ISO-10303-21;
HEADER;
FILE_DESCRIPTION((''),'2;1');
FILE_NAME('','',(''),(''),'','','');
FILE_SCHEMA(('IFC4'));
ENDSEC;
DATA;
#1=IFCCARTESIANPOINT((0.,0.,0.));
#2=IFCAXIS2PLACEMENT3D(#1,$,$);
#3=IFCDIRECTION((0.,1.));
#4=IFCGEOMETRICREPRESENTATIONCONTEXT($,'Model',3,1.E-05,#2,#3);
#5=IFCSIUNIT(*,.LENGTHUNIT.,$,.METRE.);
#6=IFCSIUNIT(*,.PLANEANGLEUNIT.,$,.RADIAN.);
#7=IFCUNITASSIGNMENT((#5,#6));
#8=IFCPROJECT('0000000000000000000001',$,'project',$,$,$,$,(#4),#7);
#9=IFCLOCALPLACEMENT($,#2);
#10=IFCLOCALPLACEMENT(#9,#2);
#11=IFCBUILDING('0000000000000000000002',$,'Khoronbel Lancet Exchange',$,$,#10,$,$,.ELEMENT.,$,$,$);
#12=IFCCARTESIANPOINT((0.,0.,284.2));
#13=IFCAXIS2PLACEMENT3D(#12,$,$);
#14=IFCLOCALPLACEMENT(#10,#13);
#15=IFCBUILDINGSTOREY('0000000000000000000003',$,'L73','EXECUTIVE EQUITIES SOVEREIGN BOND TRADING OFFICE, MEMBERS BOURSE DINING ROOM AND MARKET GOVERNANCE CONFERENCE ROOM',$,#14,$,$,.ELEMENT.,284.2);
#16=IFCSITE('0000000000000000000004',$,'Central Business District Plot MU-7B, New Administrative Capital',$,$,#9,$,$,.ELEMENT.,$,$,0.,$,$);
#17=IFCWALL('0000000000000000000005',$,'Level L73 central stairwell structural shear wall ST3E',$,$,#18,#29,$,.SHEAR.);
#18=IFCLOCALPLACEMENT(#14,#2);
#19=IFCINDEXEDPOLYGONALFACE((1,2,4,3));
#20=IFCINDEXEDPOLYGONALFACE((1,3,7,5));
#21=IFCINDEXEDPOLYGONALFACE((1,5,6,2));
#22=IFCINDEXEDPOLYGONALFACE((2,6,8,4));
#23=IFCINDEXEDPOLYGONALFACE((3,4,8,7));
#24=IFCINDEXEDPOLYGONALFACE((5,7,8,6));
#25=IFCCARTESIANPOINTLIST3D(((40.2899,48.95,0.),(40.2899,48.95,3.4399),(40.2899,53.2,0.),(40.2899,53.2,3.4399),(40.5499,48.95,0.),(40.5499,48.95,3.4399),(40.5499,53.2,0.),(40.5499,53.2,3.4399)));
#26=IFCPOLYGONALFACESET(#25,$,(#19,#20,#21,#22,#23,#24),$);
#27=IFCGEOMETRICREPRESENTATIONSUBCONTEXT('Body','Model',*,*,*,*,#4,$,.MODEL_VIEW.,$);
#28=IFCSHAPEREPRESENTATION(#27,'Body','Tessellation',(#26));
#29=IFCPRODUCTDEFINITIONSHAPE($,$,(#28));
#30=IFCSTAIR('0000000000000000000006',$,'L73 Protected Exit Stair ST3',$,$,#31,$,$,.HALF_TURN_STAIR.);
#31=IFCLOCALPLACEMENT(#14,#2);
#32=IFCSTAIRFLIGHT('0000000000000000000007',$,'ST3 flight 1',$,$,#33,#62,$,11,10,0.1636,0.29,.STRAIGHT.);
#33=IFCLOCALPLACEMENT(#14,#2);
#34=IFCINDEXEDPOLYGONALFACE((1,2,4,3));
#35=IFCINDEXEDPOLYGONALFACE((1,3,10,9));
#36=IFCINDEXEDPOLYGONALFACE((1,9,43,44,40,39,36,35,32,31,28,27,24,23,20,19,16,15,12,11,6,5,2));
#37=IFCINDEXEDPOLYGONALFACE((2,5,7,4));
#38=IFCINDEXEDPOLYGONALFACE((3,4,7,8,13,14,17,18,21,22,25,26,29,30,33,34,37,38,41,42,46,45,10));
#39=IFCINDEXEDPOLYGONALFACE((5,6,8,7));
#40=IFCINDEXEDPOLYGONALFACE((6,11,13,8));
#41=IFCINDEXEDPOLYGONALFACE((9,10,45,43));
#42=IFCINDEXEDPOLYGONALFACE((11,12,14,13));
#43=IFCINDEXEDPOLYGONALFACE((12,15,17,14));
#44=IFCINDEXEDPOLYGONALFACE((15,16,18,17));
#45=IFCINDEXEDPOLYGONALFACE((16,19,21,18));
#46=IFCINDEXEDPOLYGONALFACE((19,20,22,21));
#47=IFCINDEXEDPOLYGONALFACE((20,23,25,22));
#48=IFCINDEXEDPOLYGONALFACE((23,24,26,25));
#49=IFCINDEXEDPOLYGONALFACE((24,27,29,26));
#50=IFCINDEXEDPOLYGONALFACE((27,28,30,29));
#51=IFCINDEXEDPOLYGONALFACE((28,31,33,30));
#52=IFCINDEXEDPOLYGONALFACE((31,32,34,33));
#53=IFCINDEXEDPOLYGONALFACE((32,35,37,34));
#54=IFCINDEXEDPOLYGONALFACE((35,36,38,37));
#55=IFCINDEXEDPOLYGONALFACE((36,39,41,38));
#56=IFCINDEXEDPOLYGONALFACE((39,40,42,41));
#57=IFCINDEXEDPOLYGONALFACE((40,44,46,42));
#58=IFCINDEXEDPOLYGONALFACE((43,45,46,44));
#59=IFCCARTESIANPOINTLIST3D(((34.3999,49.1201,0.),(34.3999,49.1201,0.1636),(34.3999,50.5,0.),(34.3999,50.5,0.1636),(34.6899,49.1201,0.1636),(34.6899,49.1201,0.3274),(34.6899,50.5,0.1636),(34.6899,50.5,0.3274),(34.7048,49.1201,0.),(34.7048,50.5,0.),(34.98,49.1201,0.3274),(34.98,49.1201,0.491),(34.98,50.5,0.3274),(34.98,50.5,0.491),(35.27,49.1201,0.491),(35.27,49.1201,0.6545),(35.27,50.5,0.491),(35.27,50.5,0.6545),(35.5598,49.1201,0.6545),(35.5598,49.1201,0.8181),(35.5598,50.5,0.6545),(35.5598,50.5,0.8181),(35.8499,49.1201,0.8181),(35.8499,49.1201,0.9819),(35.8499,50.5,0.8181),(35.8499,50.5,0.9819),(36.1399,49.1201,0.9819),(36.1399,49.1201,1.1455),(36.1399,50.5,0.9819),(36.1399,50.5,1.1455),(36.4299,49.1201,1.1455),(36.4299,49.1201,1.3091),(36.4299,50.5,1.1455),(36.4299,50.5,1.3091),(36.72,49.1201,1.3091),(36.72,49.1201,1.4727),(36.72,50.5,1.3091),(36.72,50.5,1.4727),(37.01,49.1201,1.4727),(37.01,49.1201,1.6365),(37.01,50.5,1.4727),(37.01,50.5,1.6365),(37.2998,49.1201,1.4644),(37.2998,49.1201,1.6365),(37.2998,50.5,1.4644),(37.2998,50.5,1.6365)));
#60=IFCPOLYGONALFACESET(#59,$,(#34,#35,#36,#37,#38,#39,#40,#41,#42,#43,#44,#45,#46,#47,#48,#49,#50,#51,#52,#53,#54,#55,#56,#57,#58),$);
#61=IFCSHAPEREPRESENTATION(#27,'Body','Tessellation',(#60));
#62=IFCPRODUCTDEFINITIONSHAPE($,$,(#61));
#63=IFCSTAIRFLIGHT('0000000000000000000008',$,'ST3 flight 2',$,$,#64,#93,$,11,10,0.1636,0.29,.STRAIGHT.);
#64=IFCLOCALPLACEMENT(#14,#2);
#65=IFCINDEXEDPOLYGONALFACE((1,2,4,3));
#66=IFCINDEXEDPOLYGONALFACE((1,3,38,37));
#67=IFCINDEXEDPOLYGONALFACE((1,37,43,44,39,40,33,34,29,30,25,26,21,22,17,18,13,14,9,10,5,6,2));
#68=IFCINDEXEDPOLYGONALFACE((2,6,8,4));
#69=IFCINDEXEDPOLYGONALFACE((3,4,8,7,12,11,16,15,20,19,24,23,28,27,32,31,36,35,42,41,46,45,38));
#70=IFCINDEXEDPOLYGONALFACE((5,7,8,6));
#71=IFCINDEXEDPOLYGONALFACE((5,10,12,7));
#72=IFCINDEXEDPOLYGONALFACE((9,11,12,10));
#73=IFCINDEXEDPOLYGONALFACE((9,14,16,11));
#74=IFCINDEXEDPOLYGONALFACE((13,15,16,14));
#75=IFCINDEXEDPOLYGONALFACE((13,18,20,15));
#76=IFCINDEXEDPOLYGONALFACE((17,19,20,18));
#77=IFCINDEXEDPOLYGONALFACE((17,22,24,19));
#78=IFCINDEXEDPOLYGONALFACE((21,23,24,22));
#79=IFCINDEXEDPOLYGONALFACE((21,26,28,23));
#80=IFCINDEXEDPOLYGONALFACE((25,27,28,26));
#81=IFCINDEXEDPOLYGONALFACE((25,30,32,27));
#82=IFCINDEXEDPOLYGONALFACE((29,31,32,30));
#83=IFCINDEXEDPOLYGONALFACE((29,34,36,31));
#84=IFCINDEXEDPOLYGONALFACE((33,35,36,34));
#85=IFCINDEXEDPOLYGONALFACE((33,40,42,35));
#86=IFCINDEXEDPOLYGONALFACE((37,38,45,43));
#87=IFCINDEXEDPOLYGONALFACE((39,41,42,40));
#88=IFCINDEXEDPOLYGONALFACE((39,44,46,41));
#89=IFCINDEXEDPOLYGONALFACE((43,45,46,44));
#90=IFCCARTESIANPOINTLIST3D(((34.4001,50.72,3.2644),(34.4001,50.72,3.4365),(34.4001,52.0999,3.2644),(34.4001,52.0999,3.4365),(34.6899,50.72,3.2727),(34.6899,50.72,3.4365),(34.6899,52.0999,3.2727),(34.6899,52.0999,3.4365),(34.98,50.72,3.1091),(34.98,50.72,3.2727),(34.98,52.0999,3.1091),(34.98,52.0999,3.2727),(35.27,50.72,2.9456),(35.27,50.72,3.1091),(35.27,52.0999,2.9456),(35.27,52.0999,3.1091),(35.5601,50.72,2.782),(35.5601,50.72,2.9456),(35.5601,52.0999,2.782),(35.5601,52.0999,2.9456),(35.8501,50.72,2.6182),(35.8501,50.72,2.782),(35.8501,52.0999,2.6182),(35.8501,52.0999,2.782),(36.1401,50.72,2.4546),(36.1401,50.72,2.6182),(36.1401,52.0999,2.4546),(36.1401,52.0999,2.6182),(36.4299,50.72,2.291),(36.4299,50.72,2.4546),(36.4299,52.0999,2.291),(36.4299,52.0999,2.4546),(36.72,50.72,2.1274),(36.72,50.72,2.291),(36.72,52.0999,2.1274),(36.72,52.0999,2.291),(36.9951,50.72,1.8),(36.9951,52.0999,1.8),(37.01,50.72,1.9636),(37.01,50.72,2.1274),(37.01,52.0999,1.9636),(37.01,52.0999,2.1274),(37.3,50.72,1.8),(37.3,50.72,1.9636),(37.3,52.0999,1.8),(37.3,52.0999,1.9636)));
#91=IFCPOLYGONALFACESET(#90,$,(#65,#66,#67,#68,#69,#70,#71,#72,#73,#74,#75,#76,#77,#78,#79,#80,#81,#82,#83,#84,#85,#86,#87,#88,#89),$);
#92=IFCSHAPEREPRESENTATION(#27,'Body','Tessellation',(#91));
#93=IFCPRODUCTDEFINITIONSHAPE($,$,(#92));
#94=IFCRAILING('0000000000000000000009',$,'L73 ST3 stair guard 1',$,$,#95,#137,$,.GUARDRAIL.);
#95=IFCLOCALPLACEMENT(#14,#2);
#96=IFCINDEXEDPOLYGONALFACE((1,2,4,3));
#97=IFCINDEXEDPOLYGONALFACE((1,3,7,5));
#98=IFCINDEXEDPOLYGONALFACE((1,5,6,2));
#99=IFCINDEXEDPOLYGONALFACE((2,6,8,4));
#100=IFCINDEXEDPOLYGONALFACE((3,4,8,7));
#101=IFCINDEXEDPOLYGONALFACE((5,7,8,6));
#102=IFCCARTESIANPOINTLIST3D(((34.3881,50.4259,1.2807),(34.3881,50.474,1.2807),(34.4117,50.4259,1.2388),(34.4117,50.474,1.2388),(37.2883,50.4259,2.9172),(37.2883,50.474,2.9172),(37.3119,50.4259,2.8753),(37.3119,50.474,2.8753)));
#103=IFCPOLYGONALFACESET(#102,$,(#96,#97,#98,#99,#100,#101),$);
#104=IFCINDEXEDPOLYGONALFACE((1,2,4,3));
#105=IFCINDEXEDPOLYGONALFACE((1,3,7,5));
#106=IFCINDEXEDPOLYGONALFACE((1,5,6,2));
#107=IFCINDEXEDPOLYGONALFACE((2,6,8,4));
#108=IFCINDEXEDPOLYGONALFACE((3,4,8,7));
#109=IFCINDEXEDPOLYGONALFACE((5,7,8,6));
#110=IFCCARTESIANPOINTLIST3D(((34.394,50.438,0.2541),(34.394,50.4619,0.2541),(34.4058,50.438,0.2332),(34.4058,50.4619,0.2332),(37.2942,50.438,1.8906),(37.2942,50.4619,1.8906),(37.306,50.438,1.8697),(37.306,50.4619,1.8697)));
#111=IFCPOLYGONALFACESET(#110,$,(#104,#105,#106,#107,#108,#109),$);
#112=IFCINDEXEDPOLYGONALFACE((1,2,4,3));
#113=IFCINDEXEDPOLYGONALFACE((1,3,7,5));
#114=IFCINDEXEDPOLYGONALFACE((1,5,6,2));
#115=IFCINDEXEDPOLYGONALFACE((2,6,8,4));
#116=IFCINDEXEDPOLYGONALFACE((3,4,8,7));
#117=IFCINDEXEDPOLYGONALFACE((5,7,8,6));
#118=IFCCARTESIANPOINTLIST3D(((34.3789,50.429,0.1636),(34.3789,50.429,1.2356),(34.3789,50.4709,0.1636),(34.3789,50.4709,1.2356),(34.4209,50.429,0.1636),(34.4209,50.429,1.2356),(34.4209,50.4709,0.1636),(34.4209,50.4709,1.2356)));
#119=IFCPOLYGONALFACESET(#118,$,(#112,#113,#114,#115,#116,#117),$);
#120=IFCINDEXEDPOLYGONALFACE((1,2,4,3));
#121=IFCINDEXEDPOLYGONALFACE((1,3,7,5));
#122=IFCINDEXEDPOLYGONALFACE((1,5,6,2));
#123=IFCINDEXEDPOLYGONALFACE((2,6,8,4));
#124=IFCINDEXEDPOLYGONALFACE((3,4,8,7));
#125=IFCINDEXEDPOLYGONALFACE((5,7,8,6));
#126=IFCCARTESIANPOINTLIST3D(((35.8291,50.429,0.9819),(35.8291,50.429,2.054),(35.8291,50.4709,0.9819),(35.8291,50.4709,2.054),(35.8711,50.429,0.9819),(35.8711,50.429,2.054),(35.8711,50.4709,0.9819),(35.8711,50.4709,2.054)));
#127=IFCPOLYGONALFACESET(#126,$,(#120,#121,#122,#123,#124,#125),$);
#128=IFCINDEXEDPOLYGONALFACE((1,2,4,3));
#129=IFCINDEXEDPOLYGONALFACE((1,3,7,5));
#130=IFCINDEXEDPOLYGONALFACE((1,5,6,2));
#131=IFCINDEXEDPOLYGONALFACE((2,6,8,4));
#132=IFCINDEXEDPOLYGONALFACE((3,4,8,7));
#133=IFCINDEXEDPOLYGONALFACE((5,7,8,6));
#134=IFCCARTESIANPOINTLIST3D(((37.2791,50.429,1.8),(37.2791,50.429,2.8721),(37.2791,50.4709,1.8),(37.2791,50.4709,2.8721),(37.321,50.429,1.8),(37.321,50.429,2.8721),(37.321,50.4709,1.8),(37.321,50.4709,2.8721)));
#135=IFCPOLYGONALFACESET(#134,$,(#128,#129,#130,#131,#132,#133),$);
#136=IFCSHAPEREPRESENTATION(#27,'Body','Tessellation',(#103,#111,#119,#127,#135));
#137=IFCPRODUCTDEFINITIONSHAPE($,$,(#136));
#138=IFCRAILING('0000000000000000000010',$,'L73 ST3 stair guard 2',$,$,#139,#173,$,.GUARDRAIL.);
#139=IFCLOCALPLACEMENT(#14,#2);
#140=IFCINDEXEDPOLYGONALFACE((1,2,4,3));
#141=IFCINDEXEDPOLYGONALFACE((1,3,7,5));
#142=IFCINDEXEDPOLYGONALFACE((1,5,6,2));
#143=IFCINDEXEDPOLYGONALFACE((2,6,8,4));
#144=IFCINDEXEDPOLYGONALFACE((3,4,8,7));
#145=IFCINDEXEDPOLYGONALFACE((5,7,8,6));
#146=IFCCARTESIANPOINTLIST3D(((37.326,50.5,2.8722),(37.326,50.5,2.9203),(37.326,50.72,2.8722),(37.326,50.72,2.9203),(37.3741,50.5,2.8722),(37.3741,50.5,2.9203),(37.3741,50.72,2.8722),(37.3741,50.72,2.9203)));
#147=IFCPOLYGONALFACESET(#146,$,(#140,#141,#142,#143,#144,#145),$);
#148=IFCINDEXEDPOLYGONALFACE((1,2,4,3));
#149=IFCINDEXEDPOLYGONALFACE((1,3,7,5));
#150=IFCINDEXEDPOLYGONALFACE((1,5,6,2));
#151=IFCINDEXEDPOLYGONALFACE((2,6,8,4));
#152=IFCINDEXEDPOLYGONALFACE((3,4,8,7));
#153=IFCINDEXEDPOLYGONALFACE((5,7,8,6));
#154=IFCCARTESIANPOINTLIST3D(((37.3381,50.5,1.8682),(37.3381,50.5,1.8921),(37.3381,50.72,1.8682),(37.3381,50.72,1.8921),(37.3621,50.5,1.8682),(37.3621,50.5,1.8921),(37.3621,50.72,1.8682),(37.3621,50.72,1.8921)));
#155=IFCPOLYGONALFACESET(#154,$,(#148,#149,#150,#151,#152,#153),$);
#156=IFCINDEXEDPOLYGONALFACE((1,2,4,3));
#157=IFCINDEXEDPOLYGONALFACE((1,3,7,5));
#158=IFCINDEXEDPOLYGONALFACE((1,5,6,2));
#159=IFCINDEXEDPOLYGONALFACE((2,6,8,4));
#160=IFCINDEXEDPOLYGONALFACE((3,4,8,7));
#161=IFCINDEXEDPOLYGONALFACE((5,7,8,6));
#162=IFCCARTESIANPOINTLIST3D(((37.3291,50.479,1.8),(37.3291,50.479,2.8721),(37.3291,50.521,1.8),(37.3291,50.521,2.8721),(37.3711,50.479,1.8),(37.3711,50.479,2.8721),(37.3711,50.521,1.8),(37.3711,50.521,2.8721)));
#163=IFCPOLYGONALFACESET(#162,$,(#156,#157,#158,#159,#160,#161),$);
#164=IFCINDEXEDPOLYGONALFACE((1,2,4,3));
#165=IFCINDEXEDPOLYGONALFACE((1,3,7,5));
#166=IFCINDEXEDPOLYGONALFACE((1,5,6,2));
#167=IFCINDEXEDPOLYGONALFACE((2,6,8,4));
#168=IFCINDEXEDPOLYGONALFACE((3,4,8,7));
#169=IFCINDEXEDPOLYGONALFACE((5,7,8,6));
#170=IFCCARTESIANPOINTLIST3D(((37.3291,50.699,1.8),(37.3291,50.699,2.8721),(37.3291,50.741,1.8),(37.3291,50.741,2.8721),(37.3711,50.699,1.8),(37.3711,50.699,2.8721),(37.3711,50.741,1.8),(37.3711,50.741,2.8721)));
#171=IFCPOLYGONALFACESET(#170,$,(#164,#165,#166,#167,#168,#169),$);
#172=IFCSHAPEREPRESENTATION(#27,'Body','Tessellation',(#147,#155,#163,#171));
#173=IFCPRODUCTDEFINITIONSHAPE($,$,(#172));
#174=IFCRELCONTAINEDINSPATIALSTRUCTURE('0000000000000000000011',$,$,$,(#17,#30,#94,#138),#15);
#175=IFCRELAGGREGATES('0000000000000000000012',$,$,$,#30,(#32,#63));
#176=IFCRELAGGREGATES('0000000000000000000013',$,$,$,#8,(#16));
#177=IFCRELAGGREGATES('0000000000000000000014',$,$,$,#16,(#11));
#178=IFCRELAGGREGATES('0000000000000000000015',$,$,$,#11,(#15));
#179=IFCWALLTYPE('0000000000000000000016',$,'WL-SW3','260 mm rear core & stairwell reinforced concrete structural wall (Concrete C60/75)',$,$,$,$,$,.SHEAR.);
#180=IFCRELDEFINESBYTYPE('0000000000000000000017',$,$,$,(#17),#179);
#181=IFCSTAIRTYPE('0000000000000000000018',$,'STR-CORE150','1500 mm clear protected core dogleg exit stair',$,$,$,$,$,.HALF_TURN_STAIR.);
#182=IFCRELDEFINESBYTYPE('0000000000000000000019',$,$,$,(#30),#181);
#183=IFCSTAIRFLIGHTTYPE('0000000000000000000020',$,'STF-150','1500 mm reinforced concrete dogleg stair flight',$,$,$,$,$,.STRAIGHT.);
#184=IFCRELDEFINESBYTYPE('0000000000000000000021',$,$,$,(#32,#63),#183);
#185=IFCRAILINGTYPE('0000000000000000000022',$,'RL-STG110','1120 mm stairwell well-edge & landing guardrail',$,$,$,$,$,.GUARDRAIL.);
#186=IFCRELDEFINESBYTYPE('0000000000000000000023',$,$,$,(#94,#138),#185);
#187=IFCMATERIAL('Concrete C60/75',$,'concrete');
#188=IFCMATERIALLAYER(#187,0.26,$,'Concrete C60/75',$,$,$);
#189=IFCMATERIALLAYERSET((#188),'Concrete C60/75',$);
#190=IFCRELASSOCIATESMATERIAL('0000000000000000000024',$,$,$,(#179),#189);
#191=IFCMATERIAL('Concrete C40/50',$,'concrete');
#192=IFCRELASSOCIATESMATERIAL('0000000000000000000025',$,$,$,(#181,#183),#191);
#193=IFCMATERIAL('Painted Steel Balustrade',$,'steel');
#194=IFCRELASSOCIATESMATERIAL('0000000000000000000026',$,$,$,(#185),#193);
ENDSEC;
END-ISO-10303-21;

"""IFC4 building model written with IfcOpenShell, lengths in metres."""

from ifc_helpers import new_model, si_unit, direction, frame, frame_2d, origin, origin_2d, place, context, subcontext, project, spatial, polyline, rectangle, outline, extrude, material, layer, layer_set, type_object, element, aggregate, save


model = new_model("IFC4")

# Units and contexts
model_context = context("Model", 3, precision=1e-05, world=origin(), true_north=direction((0.0, 1.0)))
body_context = subcontext(model_context, "Body", "Model", "MODEL_VIEW")
ifc_project = project(units=[si_unit("LENGTHUNIT", "METRE"), si_unit("PLANEANGLEUNIT", "RADIAN")], contexts=[model_context])

# Site, building, storey
site_placement = place(None, origin())
site = spatial("IfcSite", under=ifc_project, at=site_placement, Name="Central Business District Plot MU-7B, New Administrative Capital", CompositionType="ELEMENT", RefElevation=0.0)
building_placement = place(site_placement, origin())
building = spatial("IfcBuilding", under=site, at=building_placement, Name="Khoronbel Lancet Exchange", CompositionType="ELEMENT")
storey_placement = place(building_placement, frame((0.0, 0.0, 284.2)))
storey = spatial("IfcBuildingStorey", under=building, at=storey_placement, Name="L73", Description="EXECUTIVE EQUITIES SOVEREIGN BOND TRADING OFFICE, MEMBERS BOURSE DINING ROOM AND MARKET GOVERNANCE CONFERENCE ROOM", CompositionType="ELEMENT", Elevation=284.2)

# Shared definitions
ifc_material_1 = material(Name="Concrete C60/75", Category="concrete")

# Wall
ifc_layer_1 = layer(ifc_material_1, 0.26, Name="Concrete C60/75")
ifc_layer_set_1 = layer_set([ifc_layer_1], Name="Concrete C60/75")
wall_type_1 = type_object("IfcWallType", Name="WL-SW3", Description="260 mm rear core & stairwell reinforced concrete structural wall (Concrete C60/75)", PredefinedType="SHEAR", material=ifc_layer_set_1)
wall_1_placement = place(storey_placement, frame((40.4199, 48.95, 0.0), z_axis=(0.0, 0.0, 1.0), x_axis=(0.0, 1.0, 0.0)))
element("IfcWall", 1, at=wall_1_placement, inside=storey, type_object=wall_type_1, Name="Level L73 central stairwell structural shear wall ST3E", PredefinedType="SHEAR", context=body_context, shape_type="SweptSolid", body=[
    extrude(rectangle(XDim=4.25, YDim=0.26, at=frame_2d((2.125, 0.0))), origin(), (0.0, 0.0, 1.0), 3.4399),
])

# Stair, stair flights
ifc_material_2 = material(Name="Concrete C40/50", Category="concrete")
stair_type = type_object("IfcStairType", Name="STR-CORE150", Description="1500 mm clear protected core dogleg exit stair", PredefinedType="HALF_TURN_STAIR", material=ifc_material_2)
stair_placement = place(storey_placement, origin())
stair = element("IfcStair", 2, at=stair_placement, inside=storey, type_object=stair_type, Name="L73 Protected Exit Stair ST3", PredefinedType="HALF_TURN_STAIR")
stair_flight_type = type_object("IfcStairFlightType", Name="STF-150", Description="1500 mm reinforced concrete dogleg stair flight", PredefinedType="STRAIGHT", material=ifc_material_2)
stair_flight_1_placement = place(storey_placement, frame((34.3999, 49.8101, 0.0), z_axis=(0.0, 0.0, 1.0), x_axis=(1.0, 0.0, 0.0)))
stair_flight_1 = element("IfcStairFlight", 3, at=stair_flight_1_placement, type_object=stair_flight_type, Name="ST3 flight 1", NumberOfRisers=11, NumberOfTreads=10, PredefinedType="STRAIGHT", RiserHeight=0.1636, TreadLength=0.29, context=body_context, shape_type="SweptSolid", body=[
    extrude(outline(polyline([(0.0, 0.0), (0.0, 0.1636), (0.29, 0.1636), (0.29, 0.3274), (0.5801, 0.3274), (0.5801, 0.491), (0.8701, 0.491), (0.8701, 0.6545), (1.1599, 0.6545), (1.1599, 0.8181), (1.45, 0.8181), (1.45, 0.9819), (1.74, 0.9819), (1.74, 1.1455), (2.03, 1.1455), (2.03, 1.3091), (2.3201, 1.3091), (2.3201, 1.4727), (2.6101, 1.4727), (2.6101, 1.6365), (2.8999, 1.6365), (2.8999, 1.8), (2.8999, 1.4644), (0.3049, 0.0), (0.0, 0.0)])), frame((0.0, 0.6899, 0.0), z_axis=(0.0, -1.0, 0.0), x_axis=(1.0, 0.0, 0.0)), (0.0, 0.0, 1.0), 1.3799),
])
stair_flight_2_placement = place(storey_placement, frame((37.3, 51.4099, 1.8), z_axis=(0.0, 0.0, 1.0), x_axis=(-1.0, 0.0, 0.0)))
stair_flight_2 = element("IfcStairFlight", 4, at=stair_flight_2_placement, type_object=stair_flight_type, Name="ST3 flight 2", NumberOfRisers=11, NumberOfTreads=10, PredefinedType="STRAIGHT", RiserHeight=0.1636, TreadLength=0.29, context=body_context, shape_type="SweptSolid", body=[
    extrude(outline(polyline([(0.0, 0.0), (0.0, 0.1636), (0.29, 0.1636), (0.29, 0.3274), (0.5801, 0.3274), (0.5801, 0.491), (0.8701, 0.491), (0.8701, 0.6545), (1.1599, 0.6545), (1.1599, 0.8181), (1.45, 0.8181), (1.45, 0.9819), (1.74, 0.9819), (1.74, 1.1455), (2.03, 1.1455), (2.03, 1.3091), (2.3201, 1.3091), (2.3201, 1.4727), (2.6101, 1.4727), (2.6101, 1.6365), (2.8999, 1.6365), (2.8999, 1.8), (2.8999, 1.4644), (0.3049, 0.0), (0.0, 0.0)])), frame((0.0, 0.6899, 0.0), z_axis=(0.0, -1.0, 0.0), x_axis=(1.0, 0.0, 0.0)), (0.0, 0.0, 1.0), 1.3799),
])
aggregate(stair, [stair_flight_1, stair_flight_2])

# Railings
ifc_material_3 = material(Name="Painted Steel Balustrade", Category="steel")
railing_type_1 = type_object("IfcRailingType", Name="RL-STG110", Description="1120 mm stairwell well-edge & landing guardrail", PredefinedType="GUARDRAIL", material=ifc_material_3)
railing_1_placement = place(storey_placement, frame((34.3999, 50.45, 0.1636)))
element("IfcRailing", 5, at=railing_1_placement, inside=storey, type_object=railing_type_1, Name="L73 ST3 stair guard 1", PredefinedType="GUARDRAIL", context=body_context, shape_type="SweptSolid", body=[
    extrude(rectangle(XDim=0.0481, YDim=0.0481, at=origin_2d()), frame((0.0, 0.0, 1.0962), z_axis=(0.870915, 0.0, 0.491434), x_axis=(0.0, 1.0, 0.0)), (0.0, 0.0, 1.0), 3.3301),
    extrude(rectangle(XDim=0.0239, YDim=0.0239, at=origin_2d()), frame((0.0, 0.0, 0.0801), z_axis=(0.870915, 0.0, 0.491434), x_axis=(0.0, 1.0, 0.0)), (0.0, 0.0, 1.0), 3.3301),
    extrude(rectangle(XDim=0.042, YDim=0.042, at=origin_2d()), origin(), (0.0, 0.0, 1.0), 1.072),
    extrude(rectangle(XDim=0.042, YDim=0.042, at=origin_2d()), frame((1.4502, 0.0, 0.8184)), (0.0, 0.0, 1.0), 1.072),
    extrude(rectangle(XDim=0.042, YDim=0.042, at=origin_2d()), frame((2.9001, 0.0, 1.6365)), (0.0, 0.0, 1.0), 1.072),
])
railing_2_placement = place(storey_placement, frame((37.3501, 50.5, 1.8)))
element("IfcRailing", 6, at=railing_2_placement, inside=storey, type_object=railing_type_1, Name="L73 ST3 stair guard 2", PredefinedType="GUARDRAIL", context=body_context, shape_type="SweptSolid", body=[
    extrude(rectangle(XDim=0.0481, YDim=0.0481, at=origin_2d()), frame((0.0, 0.0, 1.0962), z_axis=(0.0, 1.0, 0.0), x_axis=(-1.0, 0.0, 0.0)), (0.0, 0.0, 1.0), 0.22),
    extrude(rectangle(XDim=0.0239, YDim=0.0239, at=origin_2d()), frame((0.0, 0.0, 0.0801), z_axis=(0.0, 1.0, 0.0), x_axis=(-1.0, 0.0, 0.0)), (0.0, 0.0, 1.0), 0.22),
    extrude(rectangle(XDim=0.042, YDim=0.042, at=origin_2d()), origin(), (0.0, 0.0, 1.0), 1.072),
    extrude(rectangle(XDim=0.042, YDim=0.042, at=origin_2d()), frame((0.0, 0.22, 0.0)), (0.0, 0.0, 1.0), 1.072),
])

save(model, "model.ifc")
